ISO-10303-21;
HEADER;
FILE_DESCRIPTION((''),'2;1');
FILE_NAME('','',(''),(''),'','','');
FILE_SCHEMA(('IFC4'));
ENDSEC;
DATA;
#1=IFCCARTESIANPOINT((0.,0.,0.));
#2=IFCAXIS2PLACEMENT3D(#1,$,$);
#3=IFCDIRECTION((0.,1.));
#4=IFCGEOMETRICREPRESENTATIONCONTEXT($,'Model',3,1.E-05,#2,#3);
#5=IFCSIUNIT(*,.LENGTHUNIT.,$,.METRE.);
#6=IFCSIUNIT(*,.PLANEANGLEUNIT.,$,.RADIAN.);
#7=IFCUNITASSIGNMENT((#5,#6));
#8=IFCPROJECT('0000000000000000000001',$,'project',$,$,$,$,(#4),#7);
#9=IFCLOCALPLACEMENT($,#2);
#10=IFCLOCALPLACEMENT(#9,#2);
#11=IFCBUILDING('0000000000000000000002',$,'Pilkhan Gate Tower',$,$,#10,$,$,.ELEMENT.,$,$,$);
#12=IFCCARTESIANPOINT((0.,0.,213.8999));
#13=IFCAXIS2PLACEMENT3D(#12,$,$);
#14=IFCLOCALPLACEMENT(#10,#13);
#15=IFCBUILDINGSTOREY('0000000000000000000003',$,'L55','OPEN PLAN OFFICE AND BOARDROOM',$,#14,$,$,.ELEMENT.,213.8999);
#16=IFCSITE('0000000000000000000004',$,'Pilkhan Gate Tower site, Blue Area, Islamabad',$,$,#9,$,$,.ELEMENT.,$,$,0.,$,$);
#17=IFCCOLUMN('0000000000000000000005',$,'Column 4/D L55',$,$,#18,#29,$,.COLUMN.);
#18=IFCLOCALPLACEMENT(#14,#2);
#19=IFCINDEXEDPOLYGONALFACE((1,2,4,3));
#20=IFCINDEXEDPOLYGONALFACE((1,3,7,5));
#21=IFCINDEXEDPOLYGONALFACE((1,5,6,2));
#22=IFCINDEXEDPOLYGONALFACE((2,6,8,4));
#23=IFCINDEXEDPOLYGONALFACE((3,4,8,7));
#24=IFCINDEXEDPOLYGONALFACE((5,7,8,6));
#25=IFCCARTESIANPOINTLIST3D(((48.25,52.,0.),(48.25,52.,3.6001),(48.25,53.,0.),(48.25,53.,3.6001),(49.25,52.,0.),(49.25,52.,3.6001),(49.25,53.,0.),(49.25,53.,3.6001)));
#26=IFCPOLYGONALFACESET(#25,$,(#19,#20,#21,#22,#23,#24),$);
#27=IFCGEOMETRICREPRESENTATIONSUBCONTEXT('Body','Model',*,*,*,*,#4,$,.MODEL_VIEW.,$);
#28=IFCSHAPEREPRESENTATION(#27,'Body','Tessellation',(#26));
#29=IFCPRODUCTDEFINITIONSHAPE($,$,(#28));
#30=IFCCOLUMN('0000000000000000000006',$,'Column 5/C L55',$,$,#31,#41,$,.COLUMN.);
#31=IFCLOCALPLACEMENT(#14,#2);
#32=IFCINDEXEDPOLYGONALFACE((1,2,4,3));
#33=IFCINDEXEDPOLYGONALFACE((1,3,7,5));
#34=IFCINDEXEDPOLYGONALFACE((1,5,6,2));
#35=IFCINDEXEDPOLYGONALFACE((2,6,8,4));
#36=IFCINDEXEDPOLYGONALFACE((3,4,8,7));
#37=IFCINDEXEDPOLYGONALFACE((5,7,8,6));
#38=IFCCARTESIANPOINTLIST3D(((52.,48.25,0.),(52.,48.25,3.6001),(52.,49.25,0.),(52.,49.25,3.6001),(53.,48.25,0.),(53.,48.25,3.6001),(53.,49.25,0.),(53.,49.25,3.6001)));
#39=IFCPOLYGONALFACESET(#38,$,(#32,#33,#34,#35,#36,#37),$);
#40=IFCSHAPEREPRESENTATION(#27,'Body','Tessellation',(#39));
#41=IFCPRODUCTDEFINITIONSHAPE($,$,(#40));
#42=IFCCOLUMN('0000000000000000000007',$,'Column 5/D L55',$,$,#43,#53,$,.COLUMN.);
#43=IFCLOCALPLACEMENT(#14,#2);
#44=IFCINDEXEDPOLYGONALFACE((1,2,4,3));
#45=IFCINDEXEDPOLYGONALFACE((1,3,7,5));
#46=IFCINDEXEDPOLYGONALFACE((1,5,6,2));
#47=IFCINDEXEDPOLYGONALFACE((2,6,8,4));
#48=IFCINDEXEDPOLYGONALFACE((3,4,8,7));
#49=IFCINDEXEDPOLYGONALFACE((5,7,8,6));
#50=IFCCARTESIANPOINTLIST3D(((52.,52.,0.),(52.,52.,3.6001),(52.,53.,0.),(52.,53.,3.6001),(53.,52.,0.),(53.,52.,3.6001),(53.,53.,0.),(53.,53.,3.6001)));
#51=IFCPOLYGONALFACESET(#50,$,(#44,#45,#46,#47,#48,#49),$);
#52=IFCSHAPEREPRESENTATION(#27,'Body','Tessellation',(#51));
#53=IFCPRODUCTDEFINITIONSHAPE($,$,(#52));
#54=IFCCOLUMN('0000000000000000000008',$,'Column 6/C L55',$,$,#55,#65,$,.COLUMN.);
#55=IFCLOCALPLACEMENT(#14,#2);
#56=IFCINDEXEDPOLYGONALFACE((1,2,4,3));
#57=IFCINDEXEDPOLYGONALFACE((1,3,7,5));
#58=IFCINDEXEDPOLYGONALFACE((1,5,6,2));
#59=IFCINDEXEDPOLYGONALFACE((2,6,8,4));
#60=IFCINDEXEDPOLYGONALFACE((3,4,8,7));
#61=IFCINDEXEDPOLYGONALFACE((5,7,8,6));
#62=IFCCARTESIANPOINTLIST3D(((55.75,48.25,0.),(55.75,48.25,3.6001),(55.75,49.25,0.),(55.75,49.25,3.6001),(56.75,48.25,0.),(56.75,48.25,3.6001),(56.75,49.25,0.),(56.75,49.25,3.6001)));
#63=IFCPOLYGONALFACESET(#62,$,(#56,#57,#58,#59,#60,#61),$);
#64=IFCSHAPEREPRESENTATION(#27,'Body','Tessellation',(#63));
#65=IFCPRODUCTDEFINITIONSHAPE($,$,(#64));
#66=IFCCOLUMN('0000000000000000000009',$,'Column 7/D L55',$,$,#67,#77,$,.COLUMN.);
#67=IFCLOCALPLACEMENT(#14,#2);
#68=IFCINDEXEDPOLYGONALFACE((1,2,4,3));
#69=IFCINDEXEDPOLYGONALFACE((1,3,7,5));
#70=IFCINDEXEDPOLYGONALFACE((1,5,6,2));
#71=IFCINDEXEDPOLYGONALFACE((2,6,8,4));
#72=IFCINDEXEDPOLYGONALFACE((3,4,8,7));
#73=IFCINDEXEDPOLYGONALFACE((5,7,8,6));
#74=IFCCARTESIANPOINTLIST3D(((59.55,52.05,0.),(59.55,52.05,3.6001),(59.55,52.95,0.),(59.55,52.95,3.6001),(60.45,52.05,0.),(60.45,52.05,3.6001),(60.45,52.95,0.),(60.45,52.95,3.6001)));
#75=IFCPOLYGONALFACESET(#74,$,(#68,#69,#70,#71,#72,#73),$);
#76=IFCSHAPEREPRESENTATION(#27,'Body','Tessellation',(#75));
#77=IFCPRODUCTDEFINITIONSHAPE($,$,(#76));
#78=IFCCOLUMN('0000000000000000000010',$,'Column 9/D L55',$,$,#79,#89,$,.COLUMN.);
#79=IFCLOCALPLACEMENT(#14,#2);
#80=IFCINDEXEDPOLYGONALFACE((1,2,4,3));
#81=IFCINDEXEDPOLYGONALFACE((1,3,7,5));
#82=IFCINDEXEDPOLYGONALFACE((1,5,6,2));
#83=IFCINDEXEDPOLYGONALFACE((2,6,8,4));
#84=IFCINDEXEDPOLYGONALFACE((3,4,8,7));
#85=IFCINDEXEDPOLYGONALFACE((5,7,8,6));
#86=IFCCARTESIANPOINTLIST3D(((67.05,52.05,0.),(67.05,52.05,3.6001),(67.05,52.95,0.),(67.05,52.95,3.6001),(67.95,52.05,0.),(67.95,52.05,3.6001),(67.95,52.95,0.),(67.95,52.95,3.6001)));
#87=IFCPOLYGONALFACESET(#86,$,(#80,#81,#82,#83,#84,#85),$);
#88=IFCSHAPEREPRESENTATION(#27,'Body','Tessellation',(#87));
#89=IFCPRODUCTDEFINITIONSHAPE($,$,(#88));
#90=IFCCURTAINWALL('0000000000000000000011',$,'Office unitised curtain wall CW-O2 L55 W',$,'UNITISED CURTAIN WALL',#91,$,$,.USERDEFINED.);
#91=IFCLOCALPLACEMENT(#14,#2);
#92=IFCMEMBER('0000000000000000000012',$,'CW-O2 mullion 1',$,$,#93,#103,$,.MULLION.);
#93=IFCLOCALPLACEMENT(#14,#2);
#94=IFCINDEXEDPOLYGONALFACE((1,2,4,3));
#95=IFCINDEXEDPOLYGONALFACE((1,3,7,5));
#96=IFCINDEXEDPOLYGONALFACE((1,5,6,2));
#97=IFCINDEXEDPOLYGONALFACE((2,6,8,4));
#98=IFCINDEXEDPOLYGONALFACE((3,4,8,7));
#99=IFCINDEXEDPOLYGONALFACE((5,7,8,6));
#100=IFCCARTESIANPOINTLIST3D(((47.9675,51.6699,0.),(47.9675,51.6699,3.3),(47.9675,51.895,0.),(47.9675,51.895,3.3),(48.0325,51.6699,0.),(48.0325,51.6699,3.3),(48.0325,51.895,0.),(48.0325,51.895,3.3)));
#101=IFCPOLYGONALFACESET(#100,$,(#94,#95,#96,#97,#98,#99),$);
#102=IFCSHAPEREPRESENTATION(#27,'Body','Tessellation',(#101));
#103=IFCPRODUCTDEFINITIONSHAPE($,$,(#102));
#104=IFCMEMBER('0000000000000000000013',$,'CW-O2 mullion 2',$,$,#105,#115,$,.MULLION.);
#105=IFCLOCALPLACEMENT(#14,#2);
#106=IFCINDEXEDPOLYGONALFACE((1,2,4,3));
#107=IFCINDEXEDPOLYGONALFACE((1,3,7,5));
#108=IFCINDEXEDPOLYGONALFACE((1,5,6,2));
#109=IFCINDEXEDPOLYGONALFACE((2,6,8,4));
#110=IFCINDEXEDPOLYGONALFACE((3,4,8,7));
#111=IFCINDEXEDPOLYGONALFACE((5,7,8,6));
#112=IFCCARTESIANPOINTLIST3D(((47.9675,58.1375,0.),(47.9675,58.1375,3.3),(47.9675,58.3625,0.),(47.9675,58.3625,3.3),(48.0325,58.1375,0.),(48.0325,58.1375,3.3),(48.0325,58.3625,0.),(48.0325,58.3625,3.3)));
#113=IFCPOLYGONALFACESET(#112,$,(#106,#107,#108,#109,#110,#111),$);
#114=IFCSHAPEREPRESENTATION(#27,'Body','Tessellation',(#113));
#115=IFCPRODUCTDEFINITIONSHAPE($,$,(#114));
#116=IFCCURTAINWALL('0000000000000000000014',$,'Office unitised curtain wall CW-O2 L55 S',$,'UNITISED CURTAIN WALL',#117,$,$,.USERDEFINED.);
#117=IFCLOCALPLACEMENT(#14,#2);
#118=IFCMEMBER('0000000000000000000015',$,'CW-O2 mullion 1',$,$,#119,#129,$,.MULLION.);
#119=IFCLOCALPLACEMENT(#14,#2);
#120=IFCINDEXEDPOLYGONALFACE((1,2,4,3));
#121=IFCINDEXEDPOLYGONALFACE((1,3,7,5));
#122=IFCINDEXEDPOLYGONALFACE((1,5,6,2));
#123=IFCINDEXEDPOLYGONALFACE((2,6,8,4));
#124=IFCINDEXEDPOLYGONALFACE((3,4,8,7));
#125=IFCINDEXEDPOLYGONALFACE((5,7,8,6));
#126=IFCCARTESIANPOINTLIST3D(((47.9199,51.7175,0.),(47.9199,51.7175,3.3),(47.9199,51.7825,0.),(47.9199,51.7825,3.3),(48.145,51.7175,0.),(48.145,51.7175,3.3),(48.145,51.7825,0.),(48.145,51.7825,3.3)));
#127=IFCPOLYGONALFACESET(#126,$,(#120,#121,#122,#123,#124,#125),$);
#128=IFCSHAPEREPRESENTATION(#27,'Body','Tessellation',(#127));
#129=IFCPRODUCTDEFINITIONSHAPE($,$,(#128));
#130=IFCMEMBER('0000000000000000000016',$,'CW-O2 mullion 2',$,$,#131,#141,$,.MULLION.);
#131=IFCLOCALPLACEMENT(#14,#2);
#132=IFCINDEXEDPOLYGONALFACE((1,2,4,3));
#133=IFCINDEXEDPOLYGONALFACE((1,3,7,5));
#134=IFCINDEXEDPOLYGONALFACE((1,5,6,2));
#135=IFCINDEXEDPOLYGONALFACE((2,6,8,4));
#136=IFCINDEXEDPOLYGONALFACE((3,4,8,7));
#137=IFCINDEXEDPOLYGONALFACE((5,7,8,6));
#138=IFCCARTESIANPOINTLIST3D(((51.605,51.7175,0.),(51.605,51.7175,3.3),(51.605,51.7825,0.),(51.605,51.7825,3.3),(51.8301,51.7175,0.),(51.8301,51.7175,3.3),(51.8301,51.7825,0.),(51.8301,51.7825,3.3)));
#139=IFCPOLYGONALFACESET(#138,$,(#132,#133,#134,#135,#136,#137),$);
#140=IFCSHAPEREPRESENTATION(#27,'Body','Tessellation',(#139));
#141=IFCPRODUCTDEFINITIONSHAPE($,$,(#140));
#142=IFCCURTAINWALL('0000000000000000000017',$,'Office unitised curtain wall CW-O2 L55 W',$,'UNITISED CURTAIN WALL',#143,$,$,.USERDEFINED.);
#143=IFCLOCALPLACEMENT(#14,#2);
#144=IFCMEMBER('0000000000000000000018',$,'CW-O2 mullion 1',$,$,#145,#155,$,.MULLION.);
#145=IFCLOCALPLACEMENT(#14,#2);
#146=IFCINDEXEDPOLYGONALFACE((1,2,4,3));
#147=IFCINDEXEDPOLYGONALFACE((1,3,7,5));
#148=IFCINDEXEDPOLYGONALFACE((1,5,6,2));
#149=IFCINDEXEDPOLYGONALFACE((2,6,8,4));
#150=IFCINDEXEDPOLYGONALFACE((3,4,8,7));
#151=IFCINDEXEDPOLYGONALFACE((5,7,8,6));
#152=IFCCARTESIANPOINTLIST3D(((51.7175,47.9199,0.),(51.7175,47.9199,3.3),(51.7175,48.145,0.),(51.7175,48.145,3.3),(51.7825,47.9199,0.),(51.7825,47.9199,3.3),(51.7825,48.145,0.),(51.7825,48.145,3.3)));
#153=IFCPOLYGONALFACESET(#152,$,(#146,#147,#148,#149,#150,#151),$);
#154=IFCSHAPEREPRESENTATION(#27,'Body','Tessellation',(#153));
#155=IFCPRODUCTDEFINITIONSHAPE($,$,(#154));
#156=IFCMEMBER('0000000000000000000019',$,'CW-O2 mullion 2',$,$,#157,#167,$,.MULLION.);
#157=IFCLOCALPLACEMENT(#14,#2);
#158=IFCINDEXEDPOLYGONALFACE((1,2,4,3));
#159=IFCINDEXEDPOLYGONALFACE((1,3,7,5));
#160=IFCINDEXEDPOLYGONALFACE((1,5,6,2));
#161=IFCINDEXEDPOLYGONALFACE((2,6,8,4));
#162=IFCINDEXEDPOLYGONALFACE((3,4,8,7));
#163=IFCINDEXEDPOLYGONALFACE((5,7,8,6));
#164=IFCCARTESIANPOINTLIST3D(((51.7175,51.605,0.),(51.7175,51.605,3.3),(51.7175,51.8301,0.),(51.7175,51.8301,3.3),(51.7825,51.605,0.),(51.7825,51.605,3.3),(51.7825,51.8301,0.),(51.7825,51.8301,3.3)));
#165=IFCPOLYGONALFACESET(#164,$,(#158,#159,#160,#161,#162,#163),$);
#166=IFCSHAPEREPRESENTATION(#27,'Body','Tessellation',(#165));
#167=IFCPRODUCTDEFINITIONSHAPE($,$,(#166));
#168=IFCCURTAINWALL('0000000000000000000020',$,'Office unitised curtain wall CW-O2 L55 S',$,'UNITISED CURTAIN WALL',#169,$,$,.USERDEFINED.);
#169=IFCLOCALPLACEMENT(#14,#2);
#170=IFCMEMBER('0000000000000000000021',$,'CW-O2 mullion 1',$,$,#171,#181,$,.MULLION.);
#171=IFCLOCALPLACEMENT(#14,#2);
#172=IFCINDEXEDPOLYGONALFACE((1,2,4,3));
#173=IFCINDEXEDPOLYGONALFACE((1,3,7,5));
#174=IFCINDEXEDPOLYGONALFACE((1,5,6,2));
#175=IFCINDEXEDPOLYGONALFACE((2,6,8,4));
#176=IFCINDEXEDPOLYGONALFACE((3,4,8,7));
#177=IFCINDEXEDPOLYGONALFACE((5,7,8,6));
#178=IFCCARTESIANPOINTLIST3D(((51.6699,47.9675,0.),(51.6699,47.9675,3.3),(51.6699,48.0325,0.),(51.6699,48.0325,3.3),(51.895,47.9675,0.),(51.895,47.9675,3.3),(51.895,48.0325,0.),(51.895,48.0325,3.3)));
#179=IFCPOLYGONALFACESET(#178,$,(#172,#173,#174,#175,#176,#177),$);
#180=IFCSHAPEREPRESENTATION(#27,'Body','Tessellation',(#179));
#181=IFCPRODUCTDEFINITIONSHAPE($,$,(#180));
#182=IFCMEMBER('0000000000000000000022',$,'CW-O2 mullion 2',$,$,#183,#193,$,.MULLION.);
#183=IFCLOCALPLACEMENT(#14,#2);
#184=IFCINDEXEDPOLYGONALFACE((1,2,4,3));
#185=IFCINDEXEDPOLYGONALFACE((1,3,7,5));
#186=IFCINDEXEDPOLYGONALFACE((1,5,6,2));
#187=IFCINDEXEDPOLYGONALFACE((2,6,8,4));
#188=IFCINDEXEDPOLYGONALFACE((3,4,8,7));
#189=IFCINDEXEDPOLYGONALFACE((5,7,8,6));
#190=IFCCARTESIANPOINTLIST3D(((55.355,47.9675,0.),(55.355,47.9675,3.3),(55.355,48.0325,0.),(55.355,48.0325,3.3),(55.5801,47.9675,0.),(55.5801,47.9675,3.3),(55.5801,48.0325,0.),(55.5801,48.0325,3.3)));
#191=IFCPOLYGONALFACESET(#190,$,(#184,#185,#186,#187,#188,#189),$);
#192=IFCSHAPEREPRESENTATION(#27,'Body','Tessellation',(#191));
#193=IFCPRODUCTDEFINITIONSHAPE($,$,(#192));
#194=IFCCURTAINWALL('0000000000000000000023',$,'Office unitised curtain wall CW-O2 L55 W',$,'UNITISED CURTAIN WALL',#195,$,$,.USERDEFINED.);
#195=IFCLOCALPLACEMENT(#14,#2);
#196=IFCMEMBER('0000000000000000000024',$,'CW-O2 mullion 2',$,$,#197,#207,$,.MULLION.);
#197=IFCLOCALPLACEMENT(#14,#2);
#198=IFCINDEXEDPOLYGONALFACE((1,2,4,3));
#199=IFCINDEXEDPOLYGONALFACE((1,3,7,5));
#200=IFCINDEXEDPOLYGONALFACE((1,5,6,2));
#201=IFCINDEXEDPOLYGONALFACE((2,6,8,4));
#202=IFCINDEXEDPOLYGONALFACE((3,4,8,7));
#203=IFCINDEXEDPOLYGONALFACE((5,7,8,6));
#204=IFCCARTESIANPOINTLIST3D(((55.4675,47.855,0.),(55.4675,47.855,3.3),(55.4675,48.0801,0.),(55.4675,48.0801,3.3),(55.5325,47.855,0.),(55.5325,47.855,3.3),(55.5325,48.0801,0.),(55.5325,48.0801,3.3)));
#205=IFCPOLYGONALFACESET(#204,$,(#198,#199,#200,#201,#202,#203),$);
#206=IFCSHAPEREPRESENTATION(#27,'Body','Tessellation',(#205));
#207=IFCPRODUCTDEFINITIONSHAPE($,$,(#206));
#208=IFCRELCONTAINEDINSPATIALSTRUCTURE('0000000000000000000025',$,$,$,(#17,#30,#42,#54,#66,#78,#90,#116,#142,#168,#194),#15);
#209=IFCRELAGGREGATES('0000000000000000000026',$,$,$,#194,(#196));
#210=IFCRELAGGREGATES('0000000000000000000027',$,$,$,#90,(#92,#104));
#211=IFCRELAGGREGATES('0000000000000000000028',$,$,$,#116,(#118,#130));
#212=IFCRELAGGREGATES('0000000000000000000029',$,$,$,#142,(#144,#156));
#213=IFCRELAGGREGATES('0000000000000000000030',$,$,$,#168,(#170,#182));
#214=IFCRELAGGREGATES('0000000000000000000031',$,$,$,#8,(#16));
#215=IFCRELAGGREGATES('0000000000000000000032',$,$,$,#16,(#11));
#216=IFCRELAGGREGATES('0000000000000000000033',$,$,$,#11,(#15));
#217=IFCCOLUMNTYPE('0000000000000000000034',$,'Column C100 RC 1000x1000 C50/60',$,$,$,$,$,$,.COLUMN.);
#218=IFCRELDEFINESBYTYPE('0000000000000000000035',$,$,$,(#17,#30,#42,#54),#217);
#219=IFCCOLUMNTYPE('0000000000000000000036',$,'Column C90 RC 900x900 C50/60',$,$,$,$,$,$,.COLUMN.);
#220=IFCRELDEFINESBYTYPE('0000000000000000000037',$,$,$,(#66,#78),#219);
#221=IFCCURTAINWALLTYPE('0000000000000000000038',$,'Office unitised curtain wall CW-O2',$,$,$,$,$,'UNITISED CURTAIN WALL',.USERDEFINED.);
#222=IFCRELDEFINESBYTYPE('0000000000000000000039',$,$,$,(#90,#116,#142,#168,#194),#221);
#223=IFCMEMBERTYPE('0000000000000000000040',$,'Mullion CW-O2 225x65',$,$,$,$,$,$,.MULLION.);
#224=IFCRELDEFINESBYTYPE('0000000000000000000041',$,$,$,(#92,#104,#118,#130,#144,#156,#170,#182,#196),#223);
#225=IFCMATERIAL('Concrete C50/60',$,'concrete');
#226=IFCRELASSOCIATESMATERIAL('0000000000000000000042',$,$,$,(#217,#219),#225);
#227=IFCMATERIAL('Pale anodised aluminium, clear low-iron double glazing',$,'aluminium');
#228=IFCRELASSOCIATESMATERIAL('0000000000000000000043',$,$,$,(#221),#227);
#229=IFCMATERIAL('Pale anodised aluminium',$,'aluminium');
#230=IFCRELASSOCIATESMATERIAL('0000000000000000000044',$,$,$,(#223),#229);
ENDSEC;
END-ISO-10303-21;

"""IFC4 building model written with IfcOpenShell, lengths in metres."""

from ifc_helpers import new_model, si_unit, direction, frame, origin, origin_2d, place, context, subcontext, project, spatial, rectangle, extrude, material, material_profile, profile_set, type_object, element, aggregate, save


model = new_model("IFC4")

# Units and contexts
model_context = context("Model", 3, precision=1e-05, world=origin(), true_north=direction((0.0, 1.0)))
body_context = subcontext(model_context, "Body", "Model", "MODEL_VIEW")
ifc_project = project(units=[si_unit("LENGTHUNIT", "METRE"), si_unit("PLANEANGLEUNIT", "RADIAN")], contexts=[model_context])

# Site, building, storey
site_placement = place(None, origin())
site = spatial("IfcSite", under=ifc_project, at=site_placement, Name="Pilkhan Gate Tower site, Blue Area, Islamabad", CompositionType="ELEMENT", RefElevation=0.0)
building_placement = place(site_placement, origin())
building = spatial("IfcBuilding", under=site, at=building_placement, Name="Pilkhan Gate Tower", CompositionType="ELEMENT")
storey_placement = place(building_placement, frame((0.0, 0.0, 213.8999)))
storey = spatial("IfcBuildingStorey", under=building, at=storey_placement, Name="L55", Description="OPEN PLAN OFFICE AND BOARDROOM", CompositionType="ELEMENT", Elevation=213.8999)

# Columns
ifc_material_1 = material(Name="Concrete C50/60", Category="concrete")
ifc_material_profile_1 = material_profile(ifc_material_1, rectangle(XDim=1.0, YDim=1.0, at=origin_2d()), Name="RC 1000x1000")
ifc_profile_set_1 = profile_set([ifc_material_profile_1], Name="Concrete C50/60")
column_type_1 = type_object("IfcColumnType", Name="Column C100 RC 1000x1000 C50/60", PredefinedType="COLUMN", material=ifc_profile_set_1)
for number, where, z_axis, x_axis, name in (
    (1, (48.75, 52.5, 0.0), (0.0, 0.0, 1.0), (1.0, 0.0, 0.0), "Column 4/D L55"),
    (2, (52.5, 48.75, 0.0), (0.0, 0.0, 1.0), (1.0, 0.0, 0.0), "Column 5/C L55"),
    (3, (52.5, 52.5, 0.0), (0.0, 0.0, 1.0), (1.0, 0.0, 0.0), "Column 5/D L55"),
    (4, (56.25, 48.75, 0.0), (0.0, 0.0, 1.0), (1.0, 0.0, 0.0), "Column 6/C L55"),
):
    element("IfcColumn", number, at=place(storey_placement, frame(where, z_axis=z_axis, x_axis=x_axis)), inside=storey, type_object=column_type_1, Name=name, PredefinedType="COLUMN", context=body_context, shape_type="SweptSolid", body=[
        extrude(rectangle(XDim=1.0, YDim=1.0, at=origin_2d()), origin(), (0.0, 0.0, 1.0), 3.6001),
    ])
ifc_material_profile_2 = material_profile(ifc_material_1, rectangle(XDim=0.8999, YDim=0.8999, at=origin_2d()), Name="RC 900x900")
ifc_profile_set_2 = profile_set([ifc_material_profile_2], Name="Concrete C50/60")
column_type_2 = type_object("IfcColumnType", Name="Column C90 RC 900x900 C50/60", PredefinedType="COLUMN", material=ifc_profile_set_2)
for number, where, z_axis, x_axis, name in (
    (5, (60.0, 52.5, 0.0), (0.0, 0.0, 1.0), (1.0, 0.0, 0.0), "Column 7/D L55"),
    (6, (67.5, 52.5, 0.0), (0.0, 0.0, 1.0), (1.0, 0.0, 0.0), "Column 9/D L55"),
):
    element("IfcColumn", number, at=place(storey_placement, frame(where, z_axis=z_axis, x_axis=x_axis)), inside=storey, type_object=column_type_2, Name=name, PredefinedType="COLUMN", context=body_context, shape_type="SweptSolid", body=[
        extrude(rectangle(XDim=0.8999, YDim=0.8999, at=origin_2d()), origin(), (0.0, 0.0, 1.0), 3.6001),
    ])

# Curtain walls, members
ifc_material_2 = material(Name="Pale anodised aluminium, clear low-iron double glazing", Category="aluminium")
curtain_wall_type = type_object("IfcCurtainWallType", Name="Office unitised curtain wall CW-O2", ElementType="UNITISED CURTAIN WALL", PredefinedType="USERDEFINED", material=ifc_material_2)
curtain_wall_1_placement = place(storey_placement, origin())
curtain_wall_1 = element("IfcCurtainWall", 7, at=curtain_wall_1_placement, inside=storey, type_object=curtain_wall_type, Name="Office unitised curtain wall CW-O2 L55 W", ObjectType="UNITISED CURTAIN WALL", PredefinedType="USERDEFINED")
ifc_material_3 = material(Name="Pale anodised aluminium", Category="aluminium")
ifc_material_profile_3 = material_profile(ifc_material_3, rectangle(XDim=0.0649, YDim=0.2251, at=origin_2d()), Name="Mullion 225x65")
ifc_profile_set_3 = profile_set([ifc_material_profile_3], Name="Pale anodised aluminium")
member_type_1 = type_object("IfcMemberType", Name="Mullion CW-O2 225x65", PredefinedType="MULLION", material=ifc_profile_set_3)
member_1_placement = place(storey_placement, frame((48.0, 51.7825, 0.0), z_axis=(0.0, 0.0, 1.0), x_axis=(-1.0, 0.0, 0.0)))
member_1 = element("IfcMember", 8, at=member_1_placement, type_object=member_type_1, Name="CW-O2 mullion 1", PredefinedType="MULLION", context=body_context, shape_type="SweptSolid", body=[
    extrude(rectangle(XDim=0.0649, YDim=0.2251, at=origin_2d()), origin(), (0.0, 0.0, 1.0), 3.3),
])
member_2_placement = place(storey_placement, frame((48.0, 58.25, 0.0), z_axis=(0.0, 0.0, 1.0), x_axis=(-1.0, 0.0, 0.0)))
member_2 = element("IfcMember", 9, at=member_2_placement, type_object=member_type_1, Name="CW-O2 mullion 2", PredefinedType="MULLION", context=body_context, shape_type="SweptSolid", body=[
    extrude(rectangle(XDim=0.0649, YDim=0.2251, at=origin_2d()), origin(), (0.0, 0.0, 1.0), 3.3),
])
curtain_wall_2_placement = place(storey_placement, origin())
curtain_wall_2 = element("IfcCurtainWall", 10, at=curtain_wall_2_placement, inside=storey, type_object=curtain_wall_type, Name="Office unitised curtain wall CW-O2 L55 S", ObjectType="UNITISED CURTAIN WALL", PredefinedType="USERDEFINED")
member_3_placement = place(storey_placement, frame((48.0325, 51.75, 0.0), z_axis=(0.0, 0.0, 1.0), x_axis=(0.0, 1.0, 0.0)))
member_3 = element("IfcMember", 11, at=member_3_placement, type_object=member_type_1, Name="CW-O2 mullion 1", PredefinedType="MULLION", context=body_context, shape_type="SweptSolid", body=[
    extrude(rectangle(XDim=0.0649, YDim=0.2251, at=origin_2d()), origin(), (0.0, 0.0, 1.0), 3.3),
])
member_4_placement = place(storey_placement, frame((51.7175, 51.75, 0.0), z_axis=(0.0, 0.0, 1.0), x_axis=(0.0, 1.0, 0.0)))
member_4 = element("IfcMember", 12, at=member_4_placement, type_object=member_type_1, Name="CW-O2 mullion 2", PredefinedType="MULLION", context=body_context, shape_type="SweptSolid", body=[
    extrude(rectangle(XDim=0.0649, YDim=0.2251, at=origin_2d()), origin(), (0.0, 0.0, 1.0), 3.3),
])
curtain_wall_3_placement = place(storey_placement, origin())
curtain_wall_3 = element("IfcCurtainWall", 13, at=curtain_wall_3_placement, inside=storey, type_object=curtain_wall_type, Name="Office unitised curtain wall CW-O2 L55 W", ObjectType="UNITISED CURTAIN WALL", PredefinedType="USERDEFINED")
member_5_placement = place(storey_placement, frame((51.75, 48.0325, 0.0), z_axis=(0.0, 0.0, 1.0), x_axis=(-1.0, 0.0, 0.0)))
member_5 = element("IfcMember", 14, at=member_5_placement, type_object=member_type_1, Name="CW-O2 mullion 1", PredefinedType="MULLION", context=body_context, shape_type="SweptSolid", body=[
    extrude(rectangle(XDim=0.0649, YDim=0.2251, at=origin_2d()), origin(), (0.0, 0.0, 1.0), 3.3),
])
member_6_placement = place(storey_placement, frame((51.75, 51.7175, 0.0), z_axis=(0.0, 0.0, 1.0), x_axis=(-1.0, 0.0, 0.0)))
member_6 = element("IfcMember", 15, at=member_6_placement, type_object=member_type_1, Name="CW-O2 mullion 2", PredefinedType="MULLION", context=body_context, shape_type="SweptSolid", body=[
    extrude(rectangle(XDim=0.0649, YDim=0.2251, at=origin_2d()), origin(), (0.0, 0.0, 1.0), 3.3),
])
curtain_wall_4_placement = place(storey_placement, origin())
curtain_wall_4 = element("IfcCurtainWall", 16, at=curtain_wall_4_placement, inside=storey, type_object=curtain_wall_type, Name="Office unitised curtain wall CW-O2 L55 S", ObjectType="UNITISED CURTAIN WALL", PredefinedType="USERDEFINED")
member_7_placement = place(storey_placement, frame((51.7825, 48.0, 0.0), z_axis=(0.0, 0.0, 1.0), x_axis=(0.0, 1.0, 0.0)))
member_7 = element("IfcMember", 17, at=member_7_placement, type_object=member_type_1, Name="CW-O2 mullion 1", PredefinedType="MULLION", context=body_context, shape_type="SweptSolid", body=[
    extrude(rectangle(XDim=0.0649, YDim=0.2251, at=origin_2d()), origin(), (0.0, 0.0, 1.0), 3.3),
])
member_8_placement = place(storey_placement, frame((55.4675, 48.0, 0.0), z_axis=(0.0, 0.0, 1.0), x_axis=(0.0, 1.0, 0.0)))
member_8 = element("IfcMember", 18, at=member_8_placement, type_object=member_type_1, Name="CW-O2 mullion 2", PredefinedType="MULLION", context=body_context, shape_type="SweptSolid", body=[
    extrude(rectangle(XDim=0.0649, YDim=0.2251, at=origin_2d()), origin(), (0.0, 0.0, 1.0), 3.3),
])

# Curtain wall, member
curtain_wall_5_placement = place(storey_placement, origin())
curtain_wall_5 = element("IfcCurtainWall", 19, at=curtain_wall_5_placement, inside=storey, type_object=curtain_wall_type, Name="Office unitised curtain wall CW-O2 L55 W", ObjectType="UNITISED CURTAIN WALL", PredefinedType="USERDEFINED")
member_9_placement = place(storey_placement, frame((55.5, 47.9675, 0.0), z_axis=(0.0, 0.0, 1.0), x_axis=(-1.0, 0.0, 0.0)))
member_9 = element("IfcMember", 20, at=member_9_placement, type_object=member_type_1, Name="CW-O2 mullion 2", PredefinedType="MULLION", context=body_context, shape_type="SweptSolid", body=[
    extrude(rectangle(XDim=0.0649, YDim=0.2251, at=origin_2d()), origin(), (0.0, 0.0, 1.0), 3.3),
])
aggregate(curtain_wall_5, [member_9])

aggregate(curtain_wall_1, [member_1, member_2])
aggregate(curtain_wall_2, [member_3, member_4])
aggregate(curtain_wall_3, [member_5, member_6])
aggregate(curtain_wall_4, [member_7, member_8])

save(model, "model.ifc")
